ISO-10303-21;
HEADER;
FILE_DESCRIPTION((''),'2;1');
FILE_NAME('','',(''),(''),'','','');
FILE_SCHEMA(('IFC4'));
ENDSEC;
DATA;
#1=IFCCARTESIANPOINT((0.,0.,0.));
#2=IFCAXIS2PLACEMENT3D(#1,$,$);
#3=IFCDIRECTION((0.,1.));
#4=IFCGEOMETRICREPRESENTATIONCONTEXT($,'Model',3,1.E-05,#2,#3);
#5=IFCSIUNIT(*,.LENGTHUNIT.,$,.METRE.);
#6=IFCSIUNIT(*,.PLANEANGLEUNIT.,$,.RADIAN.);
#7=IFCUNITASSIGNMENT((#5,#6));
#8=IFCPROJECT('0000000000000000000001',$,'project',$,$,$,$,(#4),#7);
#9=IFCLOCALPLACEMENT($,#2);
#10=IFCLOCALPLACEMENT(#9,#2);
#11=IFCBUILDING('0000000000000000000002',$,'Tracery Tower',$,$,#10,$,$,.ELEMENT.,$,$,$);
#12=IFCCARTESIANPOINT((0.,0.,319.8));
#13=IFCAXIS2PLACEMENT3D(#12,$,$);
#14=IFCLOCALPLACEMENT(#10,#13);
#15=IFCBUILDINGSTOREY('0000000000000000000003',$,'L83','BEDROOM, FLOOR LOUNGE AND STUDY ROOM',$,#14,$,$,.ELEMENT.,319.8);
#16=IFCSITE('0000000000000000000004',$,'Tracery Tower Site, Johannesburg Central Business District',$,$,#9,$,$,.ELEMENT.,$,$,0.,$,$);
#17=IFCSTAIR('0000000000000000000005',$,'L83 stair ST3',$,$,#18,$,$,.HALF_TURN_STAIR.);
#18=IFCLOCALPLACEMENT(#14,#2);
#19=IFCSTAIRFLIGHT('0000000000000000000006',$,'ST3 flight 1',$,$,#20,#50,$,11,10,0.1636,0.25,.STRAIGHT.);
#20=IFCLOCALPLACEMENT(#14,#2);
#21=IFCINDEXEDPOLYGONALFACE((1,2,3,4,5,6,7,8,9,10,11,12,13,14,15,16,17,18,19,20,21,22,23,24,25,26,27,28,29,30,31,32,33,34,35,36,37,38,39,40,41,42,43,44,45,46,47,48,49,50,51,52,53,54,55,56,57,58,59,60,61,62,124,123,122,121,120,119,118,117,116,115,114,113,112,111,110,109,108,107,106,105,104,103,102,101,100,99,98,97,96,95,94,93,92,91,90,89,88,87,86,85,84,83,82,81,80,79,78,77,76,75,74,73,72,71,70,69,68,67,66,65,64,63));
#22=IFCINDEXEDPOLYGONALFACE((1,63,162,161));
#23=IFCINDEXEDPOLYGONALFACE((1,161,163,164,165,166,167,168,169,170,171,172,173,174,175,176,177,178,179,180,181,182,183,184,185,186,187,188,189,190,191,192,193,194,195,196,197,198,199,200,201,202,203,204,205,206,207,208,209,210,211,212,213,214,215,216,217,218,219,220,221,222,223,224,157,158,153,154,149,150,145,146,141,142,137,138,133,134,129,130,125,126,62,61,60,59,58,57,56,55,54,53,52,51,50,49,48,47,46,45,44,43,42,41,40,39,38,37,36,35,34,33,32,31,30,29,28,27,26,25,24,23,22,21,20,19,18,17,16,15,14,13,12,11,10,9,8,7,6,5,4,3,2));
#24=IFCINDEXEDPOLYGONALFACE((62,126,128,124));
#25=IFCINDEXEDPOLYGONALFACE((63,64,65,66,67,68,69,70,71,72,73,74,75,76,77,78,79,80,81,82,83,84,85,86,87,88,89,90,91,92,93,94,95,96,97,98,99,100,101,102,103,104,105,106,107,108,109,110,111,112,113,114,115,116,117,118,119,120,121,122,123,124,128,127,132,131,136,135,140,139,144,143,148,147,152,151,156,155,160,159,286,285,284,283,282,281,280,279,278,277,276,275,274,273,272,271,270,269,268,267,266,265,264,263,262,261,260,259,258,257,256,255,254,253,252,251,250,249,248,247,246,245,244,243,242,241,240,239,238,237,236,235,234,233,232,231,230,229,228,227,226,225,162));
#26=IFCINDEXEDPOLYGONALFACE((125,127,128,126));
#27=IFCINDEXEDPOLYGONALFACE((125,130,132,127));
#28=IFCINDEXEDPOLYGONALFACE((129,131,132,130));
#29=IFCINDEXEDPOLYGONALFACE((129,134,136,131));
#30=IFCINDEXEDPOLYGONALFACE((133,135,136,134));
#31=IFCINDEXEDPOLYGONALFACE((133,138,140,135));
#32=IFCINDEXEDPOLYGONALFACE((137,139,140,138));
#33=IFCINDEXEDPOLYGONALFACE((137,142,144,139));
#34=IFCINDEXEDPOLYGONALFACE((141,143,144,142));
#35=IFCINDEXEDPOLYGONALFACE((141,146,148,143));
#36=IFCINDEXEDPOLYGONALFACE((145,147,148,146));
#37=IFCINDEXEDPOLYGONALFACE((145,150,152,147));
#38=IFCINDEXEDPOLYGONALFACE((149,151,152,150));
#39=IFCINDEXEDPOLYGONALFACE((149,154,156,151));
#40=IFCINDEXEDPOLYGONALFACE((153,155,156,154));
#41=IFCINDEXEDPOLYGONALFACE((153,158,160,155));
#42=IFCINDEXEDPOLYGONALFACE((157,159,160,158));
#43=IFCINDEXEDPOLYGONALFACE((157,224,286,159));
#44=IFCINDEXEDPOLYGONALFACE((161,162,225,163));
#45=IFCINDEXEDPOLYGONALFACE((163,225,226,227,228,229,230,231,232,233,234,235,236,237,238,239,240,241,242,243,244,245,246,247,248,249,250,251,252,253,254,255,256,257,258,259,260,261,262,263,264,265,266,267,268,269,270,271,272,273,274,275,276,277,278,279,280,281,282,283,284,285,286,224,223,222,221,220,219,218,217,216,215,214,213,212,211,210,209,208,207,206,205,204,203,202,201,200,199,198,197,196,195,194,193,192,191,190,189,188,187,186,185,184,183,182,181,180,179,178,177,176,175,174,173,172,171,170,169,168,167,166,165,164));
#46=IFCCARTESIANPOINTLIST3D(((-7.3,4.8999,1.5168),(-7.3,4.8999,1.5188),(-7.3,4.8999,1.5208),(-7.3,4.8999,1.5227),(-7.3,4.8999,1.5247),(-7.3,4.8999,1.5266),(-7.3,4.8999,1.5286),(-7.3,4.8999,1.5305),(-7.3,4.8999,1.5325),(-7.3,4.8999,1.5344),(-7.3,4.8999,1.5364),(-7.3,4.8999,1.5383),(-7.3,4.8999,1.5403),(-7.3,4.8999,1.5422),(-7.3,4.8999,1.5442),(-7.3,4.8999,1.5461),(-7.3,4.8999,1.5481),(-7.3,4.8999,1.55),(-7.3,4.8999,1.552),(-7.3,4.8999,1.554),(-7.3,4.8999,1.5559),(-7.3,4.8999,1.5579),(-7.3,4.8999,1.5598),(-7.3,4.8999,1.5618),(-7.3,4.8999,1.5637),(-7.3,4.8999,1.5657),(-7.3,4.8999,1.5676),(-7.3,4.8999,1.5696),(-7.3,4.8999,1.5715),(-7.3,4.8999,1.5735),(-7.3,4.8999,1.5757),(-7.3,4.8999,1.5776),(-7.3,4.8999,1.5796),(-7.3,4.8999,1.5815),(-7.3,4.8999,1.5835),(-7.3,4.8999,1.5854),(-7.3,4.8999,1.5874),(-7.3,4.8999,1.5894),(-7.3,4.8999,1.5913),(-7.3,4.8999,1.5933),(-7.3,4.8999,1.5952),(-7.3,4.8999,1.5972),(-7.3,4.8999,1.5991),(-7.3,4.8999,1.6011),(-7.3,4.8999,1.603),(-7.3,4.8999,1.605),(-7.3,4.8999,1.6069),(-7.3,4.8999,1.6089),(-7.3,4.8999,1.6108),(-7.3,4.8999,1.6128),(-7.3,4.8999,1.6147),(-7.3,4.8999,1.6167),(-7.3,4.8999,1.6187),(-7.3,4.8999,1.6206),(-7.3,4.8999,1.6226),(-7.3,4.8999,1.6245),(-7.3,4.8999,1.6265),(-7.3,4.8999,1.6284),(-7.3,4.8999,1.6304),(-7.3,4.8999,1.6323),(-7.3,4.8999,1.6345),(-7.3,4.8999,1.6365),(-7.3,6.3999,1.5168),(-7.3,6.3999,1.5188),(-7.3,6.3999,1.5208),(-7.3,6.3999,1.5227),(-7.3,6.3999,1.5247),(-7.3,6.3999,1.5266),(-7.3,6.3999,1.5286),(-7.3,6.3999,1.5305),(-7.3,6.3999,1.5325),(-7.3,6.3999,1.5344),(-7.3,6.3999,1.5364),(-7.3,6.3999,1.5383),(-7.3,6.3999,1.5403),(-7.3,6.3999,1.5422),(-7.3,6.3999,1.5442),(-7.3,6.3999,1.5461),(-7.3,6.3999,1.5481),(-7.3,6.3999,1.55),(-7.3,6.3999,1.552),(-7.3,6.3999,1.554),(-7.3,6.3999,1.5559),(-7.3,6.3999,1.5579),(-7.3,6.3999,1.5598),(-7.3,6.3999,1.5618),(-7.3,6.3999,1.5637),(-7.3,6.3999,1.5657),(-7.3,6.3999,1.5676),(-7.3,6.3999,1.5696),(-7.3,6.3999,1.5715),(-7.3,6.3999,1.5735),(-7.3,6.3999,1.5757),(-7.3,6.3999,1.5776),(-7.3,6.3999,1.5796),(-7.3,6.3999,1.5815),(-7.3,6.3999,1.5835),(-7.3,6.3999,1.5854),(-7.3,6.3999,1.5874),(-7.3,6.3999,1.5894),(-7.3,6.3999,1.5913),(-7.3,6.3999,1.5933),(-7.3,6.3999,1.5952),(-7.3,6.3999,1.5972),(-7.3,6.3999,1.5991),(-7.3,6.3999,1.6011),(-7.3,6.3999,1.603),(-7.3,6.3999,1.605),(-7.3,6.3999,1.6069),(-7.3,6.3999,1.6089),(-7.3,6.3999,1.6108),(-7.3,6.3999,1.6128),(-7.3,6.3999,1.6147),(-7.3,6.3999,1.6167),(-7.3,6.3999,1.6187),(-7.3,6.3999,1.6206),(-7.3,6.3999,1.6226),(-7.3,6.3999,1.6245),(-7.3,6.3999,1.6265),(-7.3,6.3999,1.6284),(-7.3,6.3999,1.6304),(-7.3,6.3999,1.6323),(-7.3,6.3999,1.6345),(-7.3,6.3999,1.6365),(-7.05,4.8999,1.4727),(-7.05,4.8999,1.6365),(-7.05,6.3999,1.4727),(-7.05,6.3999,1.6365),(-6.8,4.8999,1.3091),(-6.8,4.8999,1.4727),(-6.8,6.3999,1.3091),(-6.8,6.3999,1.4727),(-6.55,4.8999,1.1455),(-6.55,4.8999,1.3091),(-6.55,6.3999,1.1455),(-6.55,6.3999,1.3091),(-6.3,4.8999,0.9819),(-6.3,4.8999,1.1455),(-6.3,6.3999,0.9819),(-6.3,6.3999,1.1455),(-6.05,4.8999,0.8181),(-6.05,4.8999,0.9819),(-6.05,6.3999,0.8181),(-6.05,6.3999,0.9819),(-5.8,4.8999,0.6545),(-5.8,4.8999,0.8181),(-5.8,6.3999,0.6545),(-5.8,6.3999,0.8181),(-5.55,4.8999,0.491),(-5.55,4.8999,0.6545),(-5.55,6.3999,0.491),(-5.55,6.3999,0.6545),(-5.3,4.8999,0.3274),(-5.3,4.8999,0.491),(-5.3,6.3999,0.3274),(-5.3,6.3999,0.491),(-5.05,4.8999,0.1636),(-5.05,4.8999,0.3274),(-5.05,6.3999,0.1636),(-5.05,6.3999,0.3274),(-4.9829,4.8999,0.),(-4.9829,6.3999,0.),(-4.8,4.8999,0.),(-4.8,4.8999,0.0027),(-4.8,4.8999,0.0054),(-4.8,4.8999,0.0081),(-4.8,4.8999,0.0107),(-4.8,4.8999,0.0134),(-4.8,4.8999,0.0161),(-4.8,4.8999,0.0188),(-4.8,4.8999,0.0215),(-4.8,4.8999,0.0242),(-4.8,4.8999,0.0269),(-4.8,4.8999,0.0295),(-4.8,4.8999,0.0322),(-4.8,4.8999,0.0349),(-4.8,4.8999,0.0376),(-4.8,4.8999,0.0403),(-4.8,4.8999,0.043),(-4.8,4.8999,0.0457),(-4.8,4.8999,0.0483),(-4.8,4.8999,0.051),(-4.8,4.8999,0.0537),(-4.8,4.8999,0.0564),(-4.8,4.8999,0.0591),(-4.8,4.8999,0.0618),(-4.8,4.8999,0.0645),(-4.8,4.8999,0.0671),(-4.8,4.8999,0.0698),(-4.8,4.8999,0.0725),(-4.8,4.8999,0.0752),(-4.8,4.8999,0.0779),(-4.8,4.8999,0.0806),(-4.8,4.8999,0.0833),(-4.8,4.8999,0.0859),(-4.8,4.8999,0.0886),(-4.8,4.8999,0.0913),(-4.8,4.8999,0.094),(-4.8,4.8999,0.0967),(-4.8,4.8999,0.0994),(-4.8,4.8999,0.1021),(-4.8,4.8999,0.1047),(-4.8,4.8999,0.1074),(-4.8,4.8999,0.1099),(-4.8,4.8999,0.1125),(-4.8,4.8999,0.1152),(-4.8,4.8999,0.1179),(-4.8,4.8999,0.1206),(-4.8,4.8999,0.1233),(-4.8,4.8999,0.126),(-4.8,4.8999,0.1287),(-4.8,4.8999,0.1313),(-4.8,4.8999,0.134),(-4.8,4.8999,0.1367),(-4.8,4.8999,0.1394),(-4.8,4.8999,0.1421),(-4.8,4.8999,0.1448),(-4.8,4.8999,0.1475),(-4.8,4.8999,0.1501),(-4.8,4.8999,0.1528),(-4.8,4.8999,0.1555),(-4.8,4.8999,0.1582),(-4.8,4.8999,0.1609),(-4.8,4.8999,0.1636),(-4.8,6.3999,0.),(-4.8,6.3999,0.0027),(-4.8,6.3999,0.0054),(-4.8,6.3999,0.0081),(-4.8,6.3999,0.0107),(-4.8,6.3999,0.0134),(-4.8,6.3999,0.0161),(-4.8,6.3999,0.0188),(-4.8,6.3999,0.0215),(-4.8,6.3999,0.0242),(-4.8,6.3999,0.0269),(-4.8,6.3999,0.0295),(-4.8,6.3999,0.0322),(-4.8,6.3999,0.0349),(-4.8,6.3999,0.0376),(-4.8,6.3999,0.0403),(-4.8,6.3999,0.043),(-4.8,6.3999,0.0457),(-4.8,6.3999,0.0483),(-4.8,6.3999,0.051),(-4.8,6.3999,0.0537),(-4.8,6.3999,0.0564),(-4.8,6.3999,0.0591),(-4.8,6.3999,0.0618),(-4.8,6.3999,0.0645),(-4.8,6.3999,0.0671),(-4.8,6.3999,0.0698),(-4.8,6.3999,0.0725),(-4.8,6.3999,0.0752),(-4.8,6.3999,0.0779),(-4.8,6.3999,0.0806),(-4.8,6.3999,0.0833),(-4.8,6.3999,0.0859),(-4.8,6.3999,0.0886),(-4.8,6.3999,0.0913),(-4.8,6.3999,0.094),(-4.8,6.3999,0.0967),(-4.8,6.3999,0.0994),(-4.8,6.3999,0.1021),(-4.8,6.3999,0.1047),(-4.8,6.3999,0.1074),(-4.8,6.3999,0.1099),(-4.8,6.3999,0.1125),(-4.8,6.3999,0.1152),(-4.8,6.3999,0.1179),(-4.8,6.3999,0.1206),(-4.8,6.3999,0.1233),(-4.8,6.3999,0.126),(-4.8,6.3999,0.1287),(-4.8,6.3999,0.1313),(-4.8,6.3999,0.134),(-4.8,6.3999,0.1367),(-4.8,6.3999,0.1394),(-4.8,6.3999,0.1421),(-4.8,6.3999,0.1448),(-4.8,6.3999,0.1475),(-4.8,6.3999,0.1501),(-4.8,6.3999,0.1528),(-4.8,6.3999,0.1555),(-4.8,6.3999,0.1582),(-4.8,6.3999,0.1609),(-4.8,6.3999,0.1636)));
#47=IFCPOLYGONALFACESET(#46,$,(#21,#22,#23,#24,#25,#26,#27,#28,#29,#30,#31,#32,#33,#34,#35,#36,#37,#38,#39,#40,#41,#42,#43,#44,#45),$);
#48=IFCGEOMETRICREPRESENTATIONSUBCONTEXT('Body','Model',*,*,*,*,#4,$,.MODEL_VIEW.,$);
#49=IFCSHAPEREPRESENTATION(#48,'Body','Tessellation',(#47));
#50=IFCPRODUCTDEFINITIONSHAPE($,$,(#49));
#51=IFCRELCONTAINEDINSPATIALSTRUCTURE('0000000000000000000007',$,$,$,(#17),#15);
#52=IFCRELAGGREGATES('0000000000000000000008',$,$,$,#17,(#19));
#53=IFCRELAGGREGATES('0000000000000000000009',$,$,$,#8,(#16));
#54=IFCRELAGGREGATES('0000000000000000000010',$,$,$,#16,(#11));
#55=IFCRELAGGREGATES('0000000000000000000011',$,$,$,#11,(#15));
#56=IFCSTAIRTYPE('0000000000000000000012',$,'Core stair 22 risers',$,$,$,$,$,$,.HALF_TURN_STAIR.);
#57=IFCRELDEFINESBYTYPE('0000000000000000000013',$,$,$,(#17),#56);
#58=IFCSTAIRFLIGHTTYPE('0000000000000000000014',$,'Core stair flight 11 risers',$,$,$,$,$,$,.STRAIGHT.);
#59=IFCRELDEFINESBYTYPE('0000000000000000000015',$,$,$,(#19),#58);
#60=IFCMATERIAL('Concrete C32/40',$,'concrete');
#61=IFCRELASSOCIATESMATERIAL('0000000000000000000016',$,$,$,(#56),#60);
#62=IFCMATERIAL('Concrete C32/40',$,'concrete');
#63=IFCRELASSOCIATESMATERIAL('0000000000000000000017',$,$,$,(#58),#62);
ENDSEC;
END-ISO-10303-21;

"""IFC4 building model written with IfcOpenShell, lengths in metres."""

from ifc_helpers import new_model, si_unit, direction, frame, origin, place, context, subcontext, project, spatial, polyline, outline, extrude, material, type_object, element, aggregate, save


model = new_model("IFC4")

# Units and contexts
model_context = context("Model", 3, precision=1e-05, world=origin(), true_north=direction((0.0, 1.0)))
body_context = subcontext(model_context, "Body", "Model", "MODEL_VIEW")
ifc_project = project(units=[si_unit("LENGTHUNIT", "METRE"), si_unit("PLANEANGLEUNIT", "RADIAN")], contexts=[model_context])

# Site, building, storey
site_placement = place(None, origin())
site = spatial("IfcSite", under=ifc_project, at=site_placement, Name="Tracery Tower Site, Johannesburg Central Business District", CompositionType="ELEMENT", RefElevation=0.0)
building_placement = place(site_placement, origin())
building = spatial("IfcBuilding", under=site, at=building_placement, Name="Tracery Tower", CompositionType="ELEMENT")
storey_placement = place(building_placement, frame((0.0, 0.0, 319.8)))
storey = spatial("IfcBuildingStorey", under=building, at=storey_placement, Name="L83", Description="BEDROOM, FLOOR LOUNGE AND STUDY ROOM", CompositionType="ELEMENT", Elevation=319.8)

# Stair, stair flight
ifc_material_1 = material(Name="Concrete C32/40", Category="concrete")
stair_type = type_object("IfcStairType", Name="Core stair 22 risers", PredefinedType="HALF_TURN_STAIR", material=ifc_material_1)
stair_placement = place(storey_placement, origin())
stair = element("IfcStair", 1, at=stair_placement, inside=storey, type_object=stair_type, Name="L83 stair ST3", PredefinedType="HALF_TURN_STAIR")
ifc_material_2 = material(Name="Concrete C32/40", Category="concrete")
stair_flight_type = type_object("IfcStairFlightType", Name="Core stair flight 11 risers", PredefinedType="STRAIGHT", material=ifc_material_2)
stair_flight_1_placement = place(storey_placement, frame((-4.8, 5.6499, 0.0), z_axis=(0.0, 0.0, 1.0), x_axis=(-1.0, 0.0, 0.0)))
stair_flight_1 = element("IfcStairFlight", 2, at=stair_flight_1_placement, type_object=stair_flight_type, Name="ST3 flight 1", NumberOfRisers=11, NumberOfTreads=10, PredefinedType="STRAIGHT", RiserHeight=0.1636, TreadLength=0.25, context=body_context, shape_type="SweptSolid", body=[
    extrude(outline(polyline([(0.0, 0.0), (0.0, 0.0027), (0.0, 0.0054), (0.0, 0.0081), (0.0, 0.0107), (0.0, 0.0134), (0.0, 0.0161), (0.0, 0.0188), (0.0, 0.0215), (0.0, 0.0242), (0.0, 0.0269), (0.0, 0.0295), (0.0, 0.0322), (0.0, 0.0349), (0.0, 0.0376), (0.0, 0.0403), (0.0, 0.043), (0.0, 0.0457), (0.0, 0.0483), (0.0, 0.051), (0.0, 0.0537), (0.0, 0.0564), (0.0, 0.0591), (0.0, 0.0618), (0.0, 0.0645), (0.0, 0.0671), (0.0, 0.0698), (0.0, 0.0725), (0.0, 0.0752), (0.0, 0.0779), (0.0, 0.0806), (0.0, 0.0833), (0.0, 0.0859), (0.0, 0.0886), (0.0, 0.0913), (0.0, 0.094), (0.0, 0.0967), (0.0, 0.0994), (0.0, 0.1021), (0.0, 0.1047), (0.0, 0.1074), (0.0, 0.1099), (0.0, 0.1125), (0.0, 0.1152), (0.0, 0.1179), (0.0, 0.1206), (0.0, 0.1233), (0.0, 0.126), (0.0, 0.1287), (0.0, 0.1313), (0.0, 0.134), (0.0, 0.1367), (0.0, 0.1394), (0.0, 0.1421), (0.0, 0.1448), (0.0, 0.1475), (0.0, 0.1501), (0.0, 0.1528), (0.0, 0.1555), (0.0, 0.1582), (0.0, 0.1609), (0.0, 0.1636), (0.25, 0.1636), (0.25, 0.3274), (0.5, 0.3274), (0.5, 0.491), (0.75, 0.491), (0.75, 0.6545), (1.0, 0.6545), (1.0, 0.8181), (1.25, 0.8181), (1.25, 0.9819), (1.5, 0.9819), (1.5, 1.1455), (1.75, 1.1455), (1.75, 1.3091), (2.0, 1.3091), (2.0, 1.4727), (2.25, 1.4727), (2.25, 1.6365), (2.5, 1.6365), (2.5, 1.6345), (2.5, 1.6323), (2.5, 1.6304), (2.5, 1.6284), (2.5, 1.6265), (2.5, 1.6245), (2.5, 1.6226), (2.5, 1.6206), (2.5, 1.6187), (2.5, 1.6167), (2.5, 1.6147), (2.5, 1.6128), (2.5, 1.6108), (2.5, 1.6089), (2.5, 1.6069), (2.5, 1.605), (2.5, 1.603), (2.5, 1.6011), (2.5, 1.5991), (2.5, 1.5972), (2.5, 1.5952), (2.5, 1.5933), (2.5, 1.5913), (2.5, 1.5894), (2.5, 1.5874), (2.5, 1.5854), (2.5, 1.5835), (2.5, 1.5815), (2.5, 1.5796), (2.5, 1.5776), (2.5, 1.5757), (2.5, 1.5735), (2.5, 1.5715), (2.5, 1.5696), (2.5, 1.5676), (2.5, 1.5657), (2.5, 1.5637), (2.5, 1.5618), (2.5, 1.5598), (2.5, 1.5579), (2.5, 1.5559), (2.5, 1.554), (2.5, 1.552), (2.5, 1.55), (2.5, 1.5481), (2.5, 1.5461), (2.5, 1.5442), (2.5, 1.5422), (2.5, 1.5403), (2.5, 1.5383), (2.5, 1.5364), (2.5, 1.5344), (2.5, 1.5325), (2.5, 1.5305), (2.5, 1.5286), (2.5, 1.5266), (2.5, 1.5247), (2.5, 1.5227), (2.5, 1.5208), (2.5, 1.5188), (2.5, 1.5168), (0.1829, 0.0), (0.0, 0.0)])), frame((0.0, 0.75, 0.0), z_axis=(0.0, -1.0, 0.0), x_axis=(1.0, 0.0, 0.0)), (0.0, 0.0, 1.0), 1.5),
])
aggregate(stair, [stair_flight_1])

save(model, "model.ifc")
